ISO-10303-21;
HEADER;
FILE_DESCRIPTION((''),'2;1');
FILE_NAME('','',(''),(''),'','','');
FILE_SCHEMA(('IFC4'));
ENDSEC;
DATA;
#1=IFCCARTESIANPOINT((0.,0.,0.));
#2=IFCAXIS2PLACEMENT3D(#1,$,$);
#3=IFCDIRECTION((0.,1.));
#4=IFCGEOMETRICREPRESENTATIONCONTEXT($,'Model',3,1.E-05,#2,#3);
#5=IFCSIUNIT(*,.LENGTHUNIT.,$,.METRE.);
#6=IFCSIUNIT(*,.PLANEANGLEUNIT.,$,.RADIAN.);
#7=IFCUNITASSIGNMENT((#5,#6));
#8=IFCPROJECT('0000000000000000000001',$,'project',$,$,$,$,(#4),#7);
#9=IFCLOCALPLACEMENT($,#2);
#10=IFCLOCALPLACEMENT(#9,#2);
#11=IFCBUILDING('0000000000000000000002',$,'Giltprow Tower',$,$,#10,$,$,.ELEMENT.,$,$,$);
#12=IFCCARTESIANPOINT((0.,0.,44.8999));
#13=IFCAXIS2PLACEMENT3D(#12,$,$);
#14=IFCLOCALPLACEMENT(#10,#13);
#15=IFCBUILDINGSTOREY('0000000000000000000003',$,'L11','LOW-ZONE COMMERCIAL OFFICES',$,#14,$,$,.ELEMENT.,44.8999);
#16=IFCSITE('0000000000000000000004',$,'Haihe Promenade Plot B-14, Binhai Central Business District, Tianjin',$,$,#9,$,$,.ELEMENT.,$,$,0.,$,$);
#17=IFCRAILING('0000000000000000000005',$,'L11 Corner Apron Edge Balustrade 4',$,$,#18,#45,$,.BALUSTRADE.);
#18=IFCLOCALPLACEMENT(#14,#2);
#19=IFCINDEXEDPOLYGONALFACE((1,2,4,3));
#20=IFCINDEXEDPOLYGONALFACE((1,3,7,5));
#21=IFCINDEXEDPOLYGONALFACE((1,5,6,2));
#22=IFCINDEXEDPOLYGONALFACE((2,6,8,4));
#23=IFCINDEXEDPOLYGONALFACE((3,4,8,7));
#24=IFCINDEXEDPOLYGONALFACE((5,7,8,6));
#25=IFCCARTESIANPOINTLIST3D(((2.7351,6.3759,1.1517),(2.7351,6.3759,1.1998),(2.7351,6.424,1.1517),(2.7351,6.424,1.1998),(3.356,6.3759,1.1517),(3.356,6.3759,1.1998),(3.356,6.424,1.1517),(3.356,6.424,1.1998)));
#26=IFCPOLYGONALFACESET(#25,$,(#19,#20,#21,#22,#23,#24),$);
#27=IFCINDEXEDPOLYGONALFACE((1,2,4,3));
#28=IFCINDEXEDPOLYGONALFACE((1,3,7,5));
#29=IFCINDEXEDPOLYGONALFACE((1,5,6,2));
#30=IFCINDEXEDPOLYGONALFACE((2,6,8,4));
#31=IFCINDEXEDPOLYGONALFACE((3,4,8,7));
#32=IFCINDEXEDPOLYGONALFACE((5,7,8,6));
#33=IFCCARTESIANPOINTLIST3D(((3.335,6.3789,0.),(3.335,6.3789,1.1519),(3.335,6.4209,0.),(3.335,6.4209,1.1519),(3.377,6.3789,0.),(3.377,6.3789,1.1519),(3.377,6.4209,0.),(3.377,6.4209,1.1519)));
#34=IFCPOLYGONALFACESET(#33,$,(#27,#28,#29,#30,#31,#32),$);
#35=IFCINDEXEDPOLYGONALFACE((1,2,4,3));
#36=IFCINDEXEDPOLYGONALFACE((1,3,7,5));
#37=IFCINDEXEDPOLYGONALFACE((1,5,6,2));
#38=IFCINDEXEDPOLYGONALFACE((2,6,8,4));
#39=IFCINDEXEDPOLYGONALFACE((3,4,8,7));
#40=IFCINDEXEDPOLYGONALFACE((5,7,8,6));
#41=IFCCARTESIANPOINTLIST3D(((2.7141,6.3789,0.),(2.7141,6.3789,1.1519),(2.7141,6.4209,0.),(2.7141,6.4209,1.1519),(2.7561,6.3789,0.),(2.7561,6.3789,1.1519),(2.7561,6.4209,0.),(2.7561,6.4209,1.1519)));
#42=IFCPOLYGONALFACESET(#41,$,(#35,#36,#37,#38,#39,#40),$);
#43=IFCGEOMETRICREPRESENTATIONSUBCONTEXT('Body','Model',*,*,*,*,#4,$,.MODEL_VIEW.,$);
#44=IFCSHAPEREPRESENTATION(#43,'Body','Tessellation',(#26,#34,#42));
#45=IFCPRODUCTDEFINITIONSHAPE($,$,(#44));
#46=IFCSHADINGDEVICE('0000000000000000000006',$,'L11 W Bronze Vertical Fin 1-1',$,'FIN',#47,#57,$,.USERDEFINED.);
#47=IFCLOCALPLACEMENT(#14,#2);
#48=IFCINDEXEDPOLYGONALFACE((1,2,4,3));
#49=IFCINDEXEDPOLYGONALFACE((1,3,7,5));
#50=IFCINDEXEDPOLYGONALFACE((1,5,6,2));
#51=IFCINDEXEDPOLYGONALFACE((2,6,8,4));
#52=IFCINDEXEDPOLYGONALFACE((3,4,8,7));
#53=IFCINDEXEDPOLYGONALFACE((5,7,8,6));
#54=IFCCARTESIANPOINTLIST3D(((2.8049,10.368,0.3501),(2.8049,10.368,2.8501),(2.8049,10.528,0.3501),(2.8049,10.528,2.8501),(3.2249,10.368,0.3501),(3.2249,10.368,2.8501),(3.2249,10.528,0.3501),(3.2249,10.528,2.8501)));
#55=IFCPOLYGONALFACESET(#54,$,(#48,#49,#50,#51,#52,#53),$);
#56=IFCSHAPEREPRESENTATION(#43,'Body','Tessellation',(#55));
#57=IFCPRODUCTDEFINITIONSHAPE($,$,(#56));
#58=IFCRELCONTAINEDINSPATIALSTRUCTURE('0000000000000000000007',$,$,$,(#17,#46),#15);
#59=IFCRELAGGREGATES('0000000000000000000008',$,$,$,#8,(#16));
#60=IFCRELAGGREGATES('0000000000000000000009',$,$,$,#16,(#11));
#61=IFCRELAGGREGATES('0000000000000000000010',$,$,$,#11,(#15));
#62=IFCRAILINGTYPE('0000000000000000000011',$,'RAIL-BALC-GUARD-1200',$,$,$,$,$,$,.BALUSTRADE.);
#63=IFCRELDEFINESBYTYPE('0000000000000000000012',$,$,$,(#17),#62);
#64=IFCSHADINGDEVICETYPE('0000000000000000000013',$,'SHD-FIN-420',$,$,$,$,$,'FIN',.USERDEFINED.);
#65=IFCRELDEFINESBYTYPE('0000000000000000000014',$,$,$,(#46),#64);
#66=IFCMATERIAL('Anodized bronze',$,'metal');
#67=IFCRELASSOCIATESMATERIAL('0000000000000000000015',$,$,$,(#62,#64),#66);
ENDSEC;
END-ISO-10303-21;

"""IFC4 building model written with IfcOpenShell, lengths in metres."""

from ifc_helpers import new_model, si_unit, direction, frame, origin, origin_2d, place, context, subcontext, project, spatial, rectangle, extrude, source, transform, mapped, material, type_object, element, save


model = new_model("IFC4")

# Units and contexts
model_context = context("Model", 3, precision=1e-05, world=origin(), true_north=direction((0.0, 1.0)))
body_context = subcontext(model_context, "Body", "Model", "MODEL_VIEW")
ifc_project = project(units=[si_unit("LENGTHUNIT", "METRE"), si_unit("PLANEANGLEUNIT", "RADIAN")], contexts=[model_context])

# Site, building, storey
site_placement = place(None, origin())
site = spatial("IfcSite", under=ifc_project, at=site_placement, Name="Haihe Promenade Plot B-14, Binhai Central Business District, Tianjin", CompositionType="ELEMENT", RefElevation=0.0)
building_placement = place(site_placement, origin())
building = spatial("IfcBuilding", under=site, at=building_placement, Name="Giltprow Tower", CompositionType="ELEMENT")
storey_placement = place(building_placement, frame((0.0, 0.0, 44.8999)))
storey = spatial("IfcBuildingStorey", under=building, at=storey_placement, Name="L11", Description="LOW-ZONE COMMERCIAL OFFICES", CompositionType="ELEMENT", Elevation=44.8999)

# Shared definitions
ifc_material_1 = material(Name="Anodized bronze", Category="metal")

# Railing
railing_type = type_object("IfcRailingType", Name="RAIL-BALC-GUARD-1200", PredefinedType="BALUSTRADE", material=ifc_material_1)
railing_1_placement = place(storey_placement, frame((3.356, 6.3999, 0.0)))
element("IfcRailing", 1, at=railing_1_placement, inside=storey, type_object=railing_type, Name="L11 Corner Apron Edge Balustrade 4", PredefinedType="BALUSTRADE", context=body_context, shape_type="SweptSolid", body=[
    extrude(rectangle(XDim=0.0481, YDim=0.0481, at=origin_2d()), frame((0.0, 0.0, 1.1758), z_axis=(-1.0, 0.0, 0.0), x_axis=(0.0, -1.0, 0.0)), (0.0, 0.0, 1.0), 0.6208),
    extrude(rectangle(XDim=0.042, YDim=0.042, at=origin_2d()), origin(), (0.0, 0.0, 1.0), 1.1519),
    extrude(rectangle(XDim=0.042, YDim=0.042, at=origin_2d()), frame((-0.6208, 0.0, 0.0)), (0.0, 0.0, 1.0), 1.1519),
])

# Shading device
shading_device_type = type_object("IfcShadingDeviceType", Name="SHD-FIN-420", ElementType="FIN", PredefinedType="USERDEFINED", material=ifc_material_1)
shared_shape_1 = source(origin(), body_context, "Body", "SweptSolid", [
    extrude(rectangle(XDim=0.4199, YDim=0.1599, at=origin_2d()), origin(), (0.0, 0.0, 1.0), 2.5),
])
shading_device_placement = place(storey_placement, frame((3.0149, 10.448, 0.3501), z_axis=(0.0, 0.0, 1.0), x_axis=(1.0, 0.0, 0.0)))
element("IfcShadingDevice", 2, at=shading_device_placement, inside=storey, type_object=shading_device_type, Name="L11 W Bronze Vertical Fin 1-1", ObjectType="FIN", PredefinedType="USERDEFINED", context=body_context, shape_type="MappedRepresentation", body=[
    mapped(shared_shape_1, transform((0.0, 0.0, 0.0), x_axis=(1.0, 0.0, 0.0), y_axis=(0.0, 1.0, 0.0), z_axis=(0.0, 0.0, 1.0), scale=1.0)),
])

save(model, "model.ifc")
